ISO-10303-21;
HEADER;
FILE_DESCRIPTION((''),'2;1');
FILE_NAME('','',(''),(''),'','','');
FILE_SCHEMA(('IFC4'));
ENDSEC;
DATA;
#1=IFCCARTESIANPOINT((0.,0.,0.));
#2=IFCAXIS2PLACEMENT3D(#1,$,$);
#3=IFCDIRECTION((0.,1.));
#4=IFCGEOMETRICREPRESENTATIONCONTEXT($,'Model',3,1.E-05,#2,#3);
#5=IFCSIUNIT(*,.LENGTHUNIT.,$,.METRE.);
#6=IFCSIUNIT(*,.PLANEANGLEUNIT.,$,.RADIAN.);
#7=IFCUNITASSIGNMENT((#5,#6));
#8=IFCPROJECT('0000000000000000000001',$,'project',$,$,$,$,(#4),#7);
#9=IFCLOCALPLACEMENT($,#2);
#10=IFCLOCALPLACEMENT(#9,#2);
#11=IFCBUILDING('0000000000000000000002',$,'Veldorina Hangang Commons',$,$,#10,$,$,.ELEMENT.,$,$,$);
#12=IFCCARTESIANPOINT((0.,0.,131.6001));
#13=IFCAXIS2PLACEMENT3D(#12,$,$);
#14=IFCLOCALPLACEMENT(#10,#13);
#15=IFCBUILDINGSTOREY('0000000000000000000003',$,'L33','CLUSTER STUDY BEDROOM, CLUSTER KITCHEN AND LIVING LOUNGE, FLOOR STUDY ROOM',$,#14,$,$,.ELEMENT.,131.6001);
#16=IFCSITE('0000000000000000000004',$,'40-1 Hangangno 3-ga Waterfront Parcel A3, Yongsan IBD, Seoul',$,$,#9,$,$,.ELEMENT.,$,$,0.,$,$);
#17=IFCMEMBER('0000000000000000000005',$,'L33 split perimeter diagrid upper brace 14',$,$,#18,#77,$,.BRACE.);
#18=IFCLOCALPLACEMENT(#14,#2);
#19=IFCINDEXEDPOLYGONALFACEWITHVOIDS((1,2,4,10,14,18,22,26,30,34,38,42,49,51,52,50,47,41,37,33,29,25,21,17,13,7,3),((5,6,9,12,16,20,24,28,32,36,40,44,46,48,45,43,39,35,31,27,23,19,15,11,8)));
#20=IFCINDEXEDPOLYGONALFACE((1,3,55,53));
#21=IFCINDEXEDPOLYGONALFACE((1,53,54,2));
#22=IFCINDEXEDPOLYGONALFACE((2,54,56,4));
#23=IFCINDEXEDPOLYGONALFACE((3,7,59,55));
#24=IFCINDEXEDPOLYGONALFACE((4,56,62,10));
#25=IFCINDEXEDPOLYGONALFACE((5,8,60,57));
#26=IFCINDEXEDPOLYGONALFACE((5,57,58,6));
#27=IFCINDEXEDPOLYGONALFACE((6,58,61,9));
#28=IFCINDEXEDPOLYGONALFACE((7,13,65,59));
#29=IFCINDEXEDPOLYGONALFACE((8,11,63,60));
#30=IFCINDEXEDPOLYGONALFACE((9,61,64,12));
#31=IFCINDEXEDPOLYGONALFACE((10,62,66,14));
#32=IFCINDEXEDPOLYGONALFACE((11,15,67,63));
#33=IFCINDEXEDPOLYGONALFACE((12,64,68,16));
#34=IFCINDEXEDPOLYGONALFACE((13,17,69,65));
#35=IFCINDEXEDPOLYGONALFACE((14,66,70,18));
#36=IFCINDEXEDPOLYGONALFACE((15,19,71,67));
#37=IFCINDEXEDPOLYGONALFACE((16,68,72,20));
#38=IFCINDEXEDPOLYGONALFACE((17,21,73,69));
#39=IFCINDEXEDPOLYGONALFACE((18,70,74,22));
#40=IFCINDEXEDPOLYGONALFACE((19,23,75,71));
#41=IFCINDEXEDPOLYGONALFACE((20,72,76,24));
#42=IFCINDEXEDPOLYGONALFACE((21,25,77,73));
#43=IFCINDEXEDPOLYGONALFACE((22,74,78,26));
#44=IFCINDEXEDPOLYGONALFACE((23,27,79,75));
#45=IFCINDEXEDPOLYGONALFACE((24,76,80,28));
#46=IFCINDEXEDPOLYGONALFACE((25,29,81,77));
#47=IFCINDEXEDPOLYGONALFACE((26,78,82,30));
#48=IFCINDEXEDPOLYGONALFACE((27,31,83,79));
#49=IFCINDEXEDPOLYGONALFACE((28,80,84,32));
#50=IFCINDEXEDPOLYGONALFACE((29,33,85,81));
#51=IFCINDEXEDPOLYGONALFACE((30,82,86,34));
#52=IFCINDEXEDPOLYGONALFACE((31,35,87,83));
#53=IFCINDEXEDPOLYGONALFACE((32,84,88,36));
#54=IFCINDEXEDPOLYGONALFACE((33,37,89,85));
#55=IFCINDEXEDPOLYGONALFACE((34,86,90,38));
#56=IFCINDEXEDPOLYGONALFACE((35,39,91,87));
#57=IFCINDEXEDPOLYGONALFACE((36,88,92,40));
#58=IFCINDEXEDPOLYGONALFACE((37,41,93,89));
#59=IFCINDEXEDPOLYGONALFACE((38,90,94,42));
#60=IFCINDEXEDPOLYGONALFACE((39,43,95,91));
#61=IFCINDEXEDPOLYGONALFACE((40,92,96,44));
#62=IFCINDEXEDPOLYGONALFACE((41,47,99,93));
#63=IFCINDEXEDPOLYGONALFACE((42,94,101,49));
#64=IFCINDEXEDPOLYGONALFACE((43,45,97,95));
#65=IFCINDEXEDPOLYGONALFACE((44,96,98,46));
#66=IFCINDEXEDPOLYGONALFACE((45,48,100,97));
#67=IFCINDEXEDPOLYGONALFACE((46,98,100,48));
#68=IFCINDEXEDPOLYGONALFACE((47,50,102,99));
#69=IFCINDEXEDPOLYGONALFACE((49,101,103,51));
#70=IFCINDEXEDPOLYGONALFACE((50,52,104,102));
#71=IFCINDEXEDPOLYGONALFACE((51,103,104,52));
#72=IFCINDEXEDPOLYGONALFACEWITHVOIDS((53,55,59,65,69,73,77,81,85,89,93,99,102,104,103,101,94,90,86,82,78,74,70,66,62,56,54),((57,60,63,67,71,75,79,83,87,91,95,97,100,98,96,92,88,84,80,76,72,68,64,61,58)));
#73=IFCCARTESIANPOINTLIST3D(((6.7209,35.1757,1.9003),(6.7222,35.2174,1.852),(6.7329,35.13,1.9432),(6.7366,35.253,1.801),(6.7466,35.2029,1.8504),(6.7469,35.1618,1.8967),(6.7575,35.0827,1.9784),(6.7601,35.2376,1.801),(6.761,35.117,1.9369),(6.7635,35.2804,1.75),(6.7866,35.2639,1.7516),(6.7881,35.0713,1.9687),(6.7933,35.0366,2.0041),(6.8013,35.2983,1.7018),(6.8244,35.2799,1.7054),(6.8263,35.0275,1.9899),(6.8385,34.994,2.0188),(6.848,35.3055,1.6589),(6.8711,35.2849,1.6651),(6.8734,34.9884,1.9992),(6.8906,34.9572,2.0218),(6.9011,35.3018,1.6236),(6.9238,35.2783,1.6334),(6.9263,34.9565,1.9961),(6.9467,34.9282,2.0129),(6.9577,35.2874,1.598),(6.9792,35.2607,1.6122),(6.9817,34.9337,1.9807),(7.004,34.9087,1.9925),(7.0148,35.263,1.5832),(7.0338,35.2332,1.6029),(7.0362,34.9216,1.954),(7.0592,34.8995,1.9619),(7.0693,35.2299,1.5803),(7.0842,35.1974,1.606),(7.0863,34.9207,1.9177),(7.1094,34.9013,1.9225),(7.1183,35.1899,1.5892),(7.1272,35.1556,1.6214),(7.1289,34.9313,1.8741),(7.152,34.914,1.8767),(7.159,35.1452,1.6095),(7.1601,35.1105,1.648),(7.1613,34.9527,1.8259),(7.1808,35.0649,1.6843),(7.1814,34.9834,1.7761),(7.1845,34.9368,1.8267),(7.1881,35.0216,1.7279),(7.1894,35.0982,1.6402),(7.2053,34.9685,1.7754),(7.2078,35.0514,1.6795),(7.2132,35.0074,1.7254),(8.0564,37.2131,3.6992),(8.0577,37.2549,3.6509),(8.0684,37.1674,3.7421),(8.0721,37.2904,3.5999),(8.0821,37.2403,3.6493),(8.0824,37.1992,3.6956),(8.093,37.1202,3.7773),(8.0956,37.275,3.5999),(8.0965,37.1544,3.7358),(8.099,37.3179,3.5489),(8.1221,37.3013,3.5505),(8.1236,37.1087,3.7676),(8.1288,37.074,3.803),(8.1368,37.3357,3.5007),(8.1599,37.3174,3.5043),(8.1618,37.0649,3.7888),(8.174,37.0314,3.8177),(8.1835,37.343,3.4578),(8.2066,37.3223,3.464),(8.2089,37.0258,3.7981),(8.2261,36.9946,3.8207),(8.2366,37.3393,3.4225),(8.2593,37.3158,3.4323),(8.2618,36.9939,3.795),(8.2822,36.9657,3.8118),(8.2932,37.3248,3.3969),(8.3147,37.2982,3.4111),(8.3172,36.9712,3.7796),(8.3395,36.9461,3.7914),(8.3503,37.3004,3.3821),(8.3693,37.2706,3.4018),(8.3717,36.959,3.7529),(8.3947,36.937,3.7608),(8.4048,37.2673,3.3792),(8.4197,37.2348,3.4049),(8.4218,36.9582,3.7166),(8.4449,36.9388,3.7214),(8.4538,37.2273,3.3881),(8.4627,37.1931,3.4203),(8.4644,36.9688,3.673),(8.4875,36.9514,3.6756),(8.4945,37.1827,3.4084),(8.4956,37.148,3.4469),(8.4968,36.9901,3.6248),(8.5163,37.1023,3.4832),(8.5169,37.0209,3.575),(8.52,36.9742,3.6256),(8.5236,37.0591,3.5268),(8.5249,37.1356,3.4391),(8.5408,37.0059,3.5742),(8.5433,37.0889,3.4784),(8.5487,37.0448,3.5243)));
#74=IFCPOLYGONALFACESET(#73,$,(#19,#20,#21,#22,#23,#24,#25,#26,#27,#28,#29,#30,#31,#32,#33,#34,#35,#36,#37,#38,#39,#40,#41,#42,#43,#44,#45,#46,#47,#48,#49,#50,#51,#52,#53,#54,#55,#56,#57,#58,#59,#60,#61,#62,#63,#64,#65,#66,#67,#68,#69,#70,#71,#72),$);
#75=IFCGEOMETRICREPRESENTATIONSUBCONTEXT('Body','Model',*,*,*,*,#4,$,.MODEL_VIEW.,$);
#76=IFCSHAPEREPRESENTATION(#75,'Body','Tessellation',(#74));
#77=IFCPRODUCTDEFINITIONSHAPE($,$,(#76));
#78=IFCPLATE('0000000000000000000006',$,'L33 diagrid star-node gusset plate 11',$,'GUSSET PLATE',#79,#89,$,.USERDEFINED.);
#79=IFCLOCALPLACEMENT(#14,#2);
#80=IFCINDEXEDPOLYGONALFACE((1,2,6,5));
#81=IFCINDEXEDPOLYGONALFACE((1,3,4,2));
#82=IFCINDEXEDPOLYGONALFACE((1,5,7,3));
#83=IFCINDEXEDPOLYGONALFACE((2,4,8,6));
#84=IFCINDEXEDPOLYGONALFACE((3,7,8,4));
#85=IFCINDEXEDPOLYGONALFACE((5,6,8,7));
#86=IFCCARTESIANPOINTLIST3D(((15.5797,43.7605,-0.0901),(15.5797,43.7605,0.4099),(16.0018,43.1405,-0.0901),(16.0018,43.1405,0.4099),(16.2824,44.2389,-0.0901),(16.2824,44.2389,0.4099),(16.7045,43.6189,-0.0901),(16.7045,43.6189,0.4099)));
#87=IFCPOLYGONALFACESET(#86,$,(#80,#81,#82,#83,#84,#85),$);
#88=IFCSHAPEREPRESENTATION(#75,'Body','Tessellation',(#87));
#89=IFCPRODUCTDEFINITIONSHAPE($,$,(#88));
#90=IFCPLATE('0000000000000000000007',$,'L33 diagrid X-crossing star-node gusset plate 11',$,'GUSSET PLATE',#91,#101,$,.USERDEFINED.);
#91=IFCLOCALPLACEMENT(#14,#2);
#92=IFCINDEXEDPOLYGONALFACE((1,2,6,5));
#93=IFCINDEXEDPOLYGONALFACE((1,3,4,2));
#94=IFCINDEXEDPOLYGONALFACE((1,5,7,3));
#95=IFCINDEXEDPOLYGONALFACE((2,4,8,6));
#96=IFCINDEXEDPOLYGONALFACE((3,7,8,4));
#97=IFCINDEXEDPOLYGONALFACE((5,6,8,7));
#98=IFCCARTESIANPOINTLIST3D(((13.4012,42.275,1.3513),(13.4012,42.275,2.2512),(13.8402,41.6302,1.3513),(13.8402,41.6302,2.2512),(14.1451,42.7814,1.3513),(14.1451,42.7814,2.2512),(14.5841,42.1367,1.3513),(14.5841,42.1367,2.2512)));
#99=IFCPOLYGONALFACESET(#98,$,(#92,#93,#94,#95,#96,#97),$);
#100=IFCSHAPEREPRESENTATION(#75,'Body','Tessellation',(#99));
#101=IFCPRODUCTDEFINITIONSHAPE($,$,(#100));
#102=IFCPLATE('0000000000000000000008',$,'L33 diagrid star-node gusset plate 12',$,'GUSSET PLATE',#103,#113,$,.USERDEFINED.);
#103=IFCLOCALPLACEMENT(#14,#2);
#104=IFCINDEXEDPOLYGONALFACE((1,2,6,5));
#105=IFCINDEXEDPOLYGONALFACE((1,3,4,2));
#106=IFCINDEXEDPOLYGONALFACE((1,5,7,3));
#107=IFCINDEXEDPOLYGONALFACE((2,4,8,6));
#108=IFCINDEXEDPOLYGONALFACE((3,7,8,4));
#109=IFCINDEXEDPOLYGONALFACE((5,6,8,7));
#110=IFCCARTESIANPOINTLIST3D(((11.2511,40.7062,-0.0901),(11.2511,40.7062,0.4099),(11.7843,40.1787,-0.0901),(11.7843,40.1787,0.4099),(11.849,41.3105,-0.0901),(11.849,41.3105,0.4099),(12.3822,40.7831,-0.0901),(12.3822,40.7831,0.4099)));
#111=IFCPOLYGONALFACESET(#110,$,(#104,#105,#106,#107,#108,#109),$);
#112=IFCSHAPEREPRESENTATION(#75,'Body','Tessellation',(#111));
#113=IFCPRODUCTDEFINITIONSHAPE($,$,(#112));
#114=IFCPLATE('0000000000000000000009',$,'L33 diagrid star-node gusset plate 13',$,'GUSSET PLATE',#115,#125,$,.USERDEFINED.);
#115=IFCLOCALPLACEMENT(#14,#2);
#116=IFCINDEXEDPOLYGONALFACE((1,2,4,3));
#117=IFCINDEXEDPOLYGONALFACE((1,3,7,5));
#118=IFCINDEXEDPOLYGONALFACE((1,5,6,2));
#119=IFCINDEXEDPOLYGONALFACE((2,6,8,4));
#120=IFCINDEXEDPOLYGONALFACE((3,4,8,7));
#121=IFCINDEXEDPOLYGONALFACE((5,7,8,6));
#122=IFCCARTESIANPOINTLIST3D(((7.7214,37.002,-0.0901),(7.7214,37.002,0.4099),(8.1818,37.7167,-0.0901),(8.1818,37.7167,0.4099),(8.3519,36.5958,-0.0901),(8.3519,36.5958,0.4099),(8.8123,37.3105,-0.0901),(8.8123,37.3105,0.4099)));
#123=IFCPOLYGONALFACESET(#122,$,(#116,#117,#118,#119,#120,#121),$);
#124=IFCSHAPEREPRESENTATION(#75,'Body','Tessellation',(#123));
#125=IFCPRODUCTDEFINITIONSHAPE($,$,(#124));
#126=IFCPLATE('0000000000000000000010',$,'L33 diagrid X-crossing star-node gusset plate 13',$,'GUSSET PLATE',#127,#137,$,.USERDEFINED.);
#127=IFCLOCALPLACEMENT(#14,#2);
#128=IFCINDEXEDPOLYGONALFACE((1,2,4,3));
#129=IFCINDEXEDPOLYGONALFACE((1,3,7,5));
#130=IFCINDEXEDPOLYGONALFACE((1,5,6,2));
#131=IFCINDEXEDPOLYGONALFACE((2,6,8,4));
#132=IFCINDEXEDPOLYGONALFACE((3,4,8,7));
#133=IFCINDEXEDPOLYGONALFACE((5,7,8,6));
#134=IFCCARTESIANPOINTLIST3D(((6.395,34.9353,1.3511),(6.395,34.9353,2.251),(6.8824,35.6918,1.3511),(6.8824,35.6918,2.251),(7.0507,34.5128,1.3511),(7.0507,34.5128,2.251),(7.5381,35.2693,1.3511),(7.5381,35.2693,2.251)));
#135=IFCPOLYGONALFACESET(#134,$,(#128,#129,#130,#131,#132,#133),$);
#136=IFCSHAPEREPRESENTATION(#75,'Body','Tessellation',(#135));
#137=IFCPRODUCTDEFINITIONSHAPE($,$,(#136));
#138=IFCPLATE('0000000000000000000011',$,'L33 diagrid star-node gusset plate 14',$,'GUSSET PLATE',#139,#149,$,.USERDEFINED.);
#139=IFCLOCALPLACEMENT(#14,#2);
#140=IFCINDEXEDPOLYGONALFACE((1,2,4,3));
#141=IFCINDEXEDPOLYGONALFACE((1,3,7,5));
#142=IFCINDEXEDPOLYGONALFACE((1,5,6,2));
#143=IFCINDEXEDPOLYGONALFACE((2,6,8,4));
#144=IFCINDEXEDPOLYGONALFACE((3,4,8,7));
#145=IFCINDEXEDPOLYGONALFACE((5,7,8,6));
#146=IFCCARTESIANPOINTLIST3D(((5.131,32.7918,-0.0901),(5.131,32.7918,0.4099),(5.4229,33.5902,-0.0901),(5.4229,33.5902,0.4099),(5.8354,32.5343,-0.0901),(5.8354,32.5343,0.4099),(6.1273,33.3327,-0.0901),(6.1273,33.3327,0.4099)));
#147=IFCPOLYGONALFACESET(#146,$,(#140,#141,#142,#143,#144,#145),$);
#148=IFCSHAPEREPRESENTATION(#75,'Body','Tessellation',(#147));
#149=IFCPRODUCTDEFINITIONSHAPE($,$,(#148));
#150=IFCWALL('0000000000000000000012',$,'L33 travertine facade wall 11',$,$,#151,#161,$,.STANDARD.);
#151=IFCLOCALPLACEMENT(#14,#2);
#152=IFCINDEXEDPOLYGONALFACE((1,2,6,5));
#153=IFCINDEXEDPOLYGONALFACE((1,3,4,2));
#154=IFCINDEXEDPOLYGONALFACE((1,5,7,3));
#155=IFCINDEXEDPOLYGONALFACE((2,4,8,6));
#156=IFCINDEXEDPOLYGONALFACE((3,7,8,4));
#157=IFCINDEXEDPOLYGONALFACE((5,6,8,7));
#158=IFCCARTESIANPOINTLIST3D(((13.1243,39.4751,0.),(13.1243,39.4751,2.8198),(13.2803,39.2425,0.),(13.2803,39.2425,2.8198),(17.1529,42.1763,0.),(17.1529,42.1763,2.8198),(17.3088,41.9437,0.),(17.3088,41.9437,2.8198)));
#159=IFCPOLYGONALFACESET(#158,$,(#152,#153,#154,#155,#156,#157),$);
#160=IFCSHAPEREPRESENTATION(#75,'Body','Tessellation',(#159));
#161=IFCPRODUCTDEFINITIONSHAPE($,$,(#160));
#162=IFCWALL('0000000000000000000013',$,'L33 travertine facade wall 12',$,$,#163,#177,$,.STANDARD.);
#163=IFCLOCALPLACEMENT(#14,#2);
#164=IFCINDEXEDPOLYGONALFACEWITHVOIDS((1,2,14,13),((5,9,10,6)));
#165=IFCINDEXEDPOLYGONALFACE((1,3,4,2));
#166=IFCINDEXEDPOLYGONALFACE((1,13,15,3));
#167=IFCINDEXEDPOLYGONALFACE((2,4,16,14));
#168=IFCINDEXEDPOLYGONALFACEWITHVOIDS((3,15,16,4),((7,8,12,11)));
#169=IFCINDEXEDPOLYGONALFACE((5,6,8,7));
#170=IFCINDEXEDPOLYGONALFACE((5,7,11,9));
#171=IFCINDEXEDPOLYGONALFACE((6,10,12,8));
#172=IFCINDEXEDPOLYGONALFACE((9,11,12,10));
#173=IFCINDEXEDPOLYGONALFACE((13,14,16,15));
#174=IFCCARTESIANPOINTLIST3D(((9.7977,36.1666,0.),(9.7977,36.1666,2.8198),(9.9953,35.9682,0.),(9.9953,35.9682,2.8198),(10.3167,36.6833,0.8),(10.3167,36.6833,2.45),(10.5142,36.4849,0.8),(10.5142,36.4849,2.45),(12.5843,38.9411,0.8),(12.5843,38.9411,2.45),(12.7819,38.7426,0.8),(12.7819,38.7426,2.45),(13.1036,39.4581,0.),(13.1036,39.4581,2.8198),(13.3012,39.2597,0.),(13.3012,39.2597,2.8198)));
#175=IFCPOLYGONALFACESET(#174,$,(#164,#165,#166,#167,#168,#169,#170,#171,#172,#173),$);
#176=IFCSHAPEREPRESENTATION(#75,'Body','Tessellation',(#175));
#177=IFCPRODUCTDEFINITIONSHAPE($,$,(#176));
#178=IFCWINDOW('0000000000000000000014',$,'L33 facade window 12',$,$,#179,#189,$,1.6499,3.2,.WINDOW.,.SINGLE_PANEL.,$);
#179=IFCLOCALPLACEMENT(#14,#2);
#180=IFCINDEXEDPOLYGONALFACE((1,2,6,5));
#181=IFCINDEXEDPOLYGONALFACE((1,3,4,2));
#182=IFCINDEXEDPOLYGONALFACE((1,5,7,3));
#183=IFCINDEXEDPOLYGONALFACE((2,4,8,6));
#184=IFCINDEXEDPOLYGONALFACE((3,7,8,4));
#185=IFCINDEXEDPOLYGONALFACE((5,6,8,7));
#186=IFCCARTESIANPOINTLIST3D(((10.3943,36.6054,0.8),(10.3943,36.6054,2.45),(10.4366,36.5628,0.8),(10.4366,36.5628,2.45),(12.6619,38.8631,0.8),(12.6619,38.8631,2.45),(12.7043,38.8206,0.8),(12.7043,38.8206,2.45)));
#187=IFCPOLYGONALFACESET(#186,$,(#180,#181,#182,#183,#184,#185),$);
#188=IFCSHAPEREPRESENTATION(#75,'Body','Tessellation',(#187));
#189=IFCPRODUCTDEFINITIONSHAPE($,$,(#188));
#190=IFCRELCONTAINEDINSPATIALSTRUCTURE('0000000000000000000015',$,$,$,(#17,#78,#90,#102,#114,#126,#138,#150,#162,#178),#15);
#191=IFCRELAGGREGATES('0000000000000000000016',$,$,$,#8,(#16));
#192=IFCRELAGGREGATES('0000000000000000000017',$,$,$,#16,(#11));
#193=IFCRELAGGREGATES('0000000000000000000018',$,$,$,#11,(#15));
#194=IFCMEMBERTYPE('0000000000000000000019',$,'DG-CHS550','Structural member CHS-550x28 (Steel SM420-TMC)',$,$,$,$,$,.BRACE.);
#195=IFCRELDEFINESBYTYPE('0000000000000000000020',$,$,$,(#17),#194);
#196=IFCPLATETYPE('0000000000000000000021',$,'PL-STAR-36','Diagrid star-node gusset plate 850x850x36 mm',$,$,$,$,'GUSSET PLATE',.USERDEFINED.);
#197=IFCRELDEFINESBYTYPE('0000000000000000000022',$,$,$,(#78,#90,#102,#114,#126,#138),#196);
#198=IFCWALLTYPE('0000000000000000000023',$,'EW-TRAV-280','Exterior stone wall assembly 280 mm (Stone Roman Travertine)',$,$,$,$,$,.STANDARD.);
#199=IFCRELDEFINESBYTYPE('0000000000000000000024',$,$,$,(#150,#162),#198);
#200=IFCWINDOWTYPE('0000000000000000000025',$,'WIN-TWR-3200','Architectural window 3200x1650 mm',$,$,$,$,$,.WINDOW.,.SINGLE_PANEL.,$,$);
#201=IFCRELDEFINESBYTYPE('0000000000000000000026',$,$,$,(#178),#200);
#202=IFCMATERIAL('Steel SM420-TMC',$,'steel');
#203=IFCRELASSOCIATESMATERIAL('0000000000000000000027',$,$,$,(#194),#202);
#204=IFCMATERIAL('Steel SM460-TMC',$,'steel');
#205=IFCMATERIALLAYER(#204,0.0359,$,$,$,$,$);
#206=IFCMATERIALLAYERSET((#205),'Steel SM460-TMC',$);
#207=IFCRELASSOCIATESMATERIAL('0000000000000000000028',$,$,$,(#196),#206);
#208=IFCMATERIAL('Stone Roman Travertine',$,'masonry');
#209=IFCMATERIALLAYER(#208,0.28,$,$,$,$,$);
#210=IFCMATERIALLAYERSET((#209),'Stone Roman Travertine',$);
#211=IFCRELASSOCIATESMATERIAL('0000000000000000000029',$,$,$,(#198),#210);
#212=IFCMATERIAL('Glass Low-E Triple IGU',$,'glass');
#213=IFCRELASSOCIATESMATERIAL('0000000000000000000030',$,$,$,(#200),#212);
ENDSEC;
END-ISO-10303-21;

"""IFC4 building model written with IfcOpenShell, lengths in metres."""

from ifc_helpers import new_model, si_unit, direction, frame, frame_2d, origin, origin_2d, place, context, subcontext, project, spatial, rectangle, hollow_circle, extrude, material, layer, layer_set, material_profile, profile_set, type_object, element, fill, save


model = new_model("IFC4")

# Units and contexts
model_context = context("Model", 3, precision=1e-05, world=origin(), true_north=direction((0.0, 1.0)))
body_context = subcontext(model_context, "Body", "Model", "MODEL_VIEW")
ifc_project = project(units=[si_unit("LENGTHUNIT", "METRE"), si_unit("PLANEANGLEUNIT", "RADIAN")], contexts=[model_context])

# Site, building, storey
site_placement = place(None, origin())
site = spatial("IfcSite", under=ifc_project, at=site_placement, Name="40-1 Hangangno 3-ga Waterfront Parcel A3, Yongsan IBD, Seoul", CompositionType="ELEMENT", RefElevation=0.0)
building_placement = place(site_placement, origin())
building = spatial("IfcBuilding", under=site, at=building_placement, Name="Veldorina Hangang Commons", CompositionType="ELEMENT")
storey_placement = place(building_placement, frame((0.0, 0.0, 131.6001)))
storey = spatial("IfcBuildingStorey", under=building, at=storey_placement, Name="L33", Description="CLUSTER STUDY BEDROOM, CLUSTER KITCHEN AND LIVING LOUNGE, FLOOR STUDY ROOM", CompositionType="ELEMENT", Elevation=131.6001)

# Shared definitions
ifc_material_1 = material(Name="Steel SM420-TMC", Category="steel")

# Member
ifc_material_profile_1 = material_profile(ifc_material_1, hollow_circle(Radius=0.2749, WallThickness=0.0281, at=origin_2d()), Name="CHS-550x28")
ifc_profile_set_1 = profile_set([ifc_material_profile_1], Name="Steel SM420-TMC")
member_type = type_object("IfcMemberType", Name="DG-CHS550", Description="Structural member CHS-550x28 (Steel SM420-TMC)", PredefinedType="BRACE", material=ifc_profile_set_1)
member_1_placement = place(storey_placement, frame((6.9666, 35.1023, 1.801), z_axis=(0.441004, 0.672793, 0.594025), x_axis=(-0.836342, 0.548208, 0.0)))
element("IfcMember", 1, at=member_1_placement, inside=storey, type_object=member_type, Name="L33 split perimeter diagrid upper brace 14", PredefinedType="BRACE", context=body_context, shape_type="SweptSolid", body=[
    extrude(hollow_circle(Radius=0.2749, WallThickness=0.0281, at=origin_2d()), origin(), (0.0, 0.0, 1.0), 3.0283),
])

# Plates
ifc_material_2 = material(Name="Steel SM460-TMC", Category="steel")
ifc_layer_1 = layer(ifc_material_2, 0.0359)
ifc_layer_set_1 = layer_set([ifc_layer_1], Name="Steel SM460-TMC")
plate_type = type_object("IfcPlateType", Name="PL-STAR-36", Description="Diagrid star-node gusset plate 850x850x36 mm", ElementType="GUSSET PLATE", PredefinedType="USERDEFINED", material=ifc_layer_set_1)
plate_1_placement = place(storey_placement, frame((16.1421, 43.6897, -0.0901), z_axis=(0.0, 0.0, 1.0), x_axis=(-0.8266, -0.562791, 0.0)))
element("IfcPlate", 2, at=plate_1_placement, inside=storey, type_object=plate_type, Name="L33 diagrid star-node gusset plate 11", ObjectType="GUSSET PLATE", PredefinedType="USERDEFINED", context=body_context, shape_type="SweptSolid", body=[
    extrude(rectangle(XDim=0.8501, YDim=0.75, at=origin_2d()), origin(), (0.0, 0.0, 1.0), 0.5),
])
plate_2_placement = place(storey_placement, frame((13.9927, 42.2058, 1.3513), z_axis=(0.0, 0.0, 1.0), x_axis=(-0.8266, -0.562791, 0.0)))
element("IfcPlate", 3, at=plate_2_placement, inside=storey, type_object=plate_type, Name="L33 diagrid X-crossing star-node gusset plate 11", ObjectType="GUSSET PLATE", PredefinedType="USERDEFINED", context=body_context, shape_type="SweptSolid", body=[
    extrude(rectangle(XDim=0.8999, YDim=0.78, at=origin_2d()), origin(), (0.0, 0.0, 1.0), 0.8999),
])
for number, where, z_axis, x_axis, name in (
    (4, (11.8167, 40.7446, -0.0901), (0.0, 0.0, 1.0), (-0.703258, -0.710935, 0.0), "L33 diagrid star-node gusset plate 12"),
    (5, (8.2668, 37.1562, -0.0901), (0.0, 0.0, 1.0), (-0.541606, -0.840633, 0.0), "L33 diagrid star-node gusset plate 13"),
):
    element("IfcPlate", number, at=place(storey_placement, frame(where, z_axis=z_axis, x_axis=x_axis)), inside=storey, type_object=plate_type, Name=name, ObjectType="GUSSET PLATE", PredefinedType="USERDEFINED", context=body_context, shape_type="SweptSolid", body=[
        extrude(rectangle(XDim=0.8501, YDim=0.75, at=origin_2d()), origin(), (0.0, 0.0, 1.0), 0.5),
    ])
plate_3_placement = place(storey_placement, frame((6.9666, 35.1023, 1.3511), z_axis=(0.0, 0.0, 1.0), x_axis=(-0.541606, -0.840633, 0.0)))
element("IfcPlate", 6, at=plate_3_placement, inside=storey, type_object=plate_type, Name="L33 diagrid X-crossing star-node gusset plate 13", ObjectType="GUSSET PLATE", PredefinedType="USERDEFINED", context=body_context, shape_type="SweptSolid", body=[
    extrude(rectangle(XDim=0.8999, YDim=0.78, at=origin_2d()), origin(), (0.0, 0.0, 1.0), 0.8999),
])
plate_4_placement = place(storey_placement, frame((5.6292, 33.0623, -0.0901), z_axis=(0.0, 0.0, 1.0), x_axis=(-0.343414, -0.939184, 0.0)))
element("IfcPlate", 7, at=plate_4_placement, inside=storey, type_object=plate_type, Name="L33 diagrid star-node gusset plate 14", ObjectType="GUSSET PLATE", PredefinedType="USERDEFINED", context=body_context, shape_type="SweptSolid", body=[
    extrude(rectangle(XDim=0.8501, YDim=0.75, at=origin_2d()), origin(), (0.0, 0.0, 1.0), 0.5),
])

# Wall
ifc_material_3 = material(Name="Stone Roman Travertine", Category="masonry")
ifc_layer_2 = layer(ifc_material_3, 0.28)
ifc_layer_set_2 = layer_set([ifc_layer_2], Name="Stone Roman Travertine")
wall_type_1 = type_object("IfcWallType", Name="EW-TRAV-280", Description="Exterior stone wall assembly 280 mm (Stone Roman Travertine)", PredefinedType="STANDARD", material=ifc_layer_set_2)
wall_1_placement = place(storey_placement, frame((17.231, 42.0601, 0.0), z_axis=(0.0, 0.0, 1.0), x_axis=(-0.830576, -0.556905, 0.0)))
element("IfcWall", 8, at=wall_1_placement, inside=storey, type_object=wall_type_1, Name="L33 travertine facade wall 11", PredefinedType="STANDARD", context=body_context, shape_type="SweptSolid", body=[
    extrude(rectangle(XDim=4.8503, YDim=0.28, at=frame_2d((2.4253, 0.0))), origin(), (0.0, 0.0, 1.0), 2.8198),
])

# Wall, opening, window
wall_2_placement = place(storey_placement, frame((13.2024, 39.3589, 0.0), z_axis=(0.0, 0.0, 1.0), x_axis=(-0.708649, -0.705561, 0.0)))
wall_2 = element("IfcWall", 9, at=wall_2_placement, inside=storey, type_object=wall_type_1, Name="L33 travertine facade wall 12", PredefinedType="STANDARD", context=body_context, shape_type="SweptSolid", body=[
    extrude(rectangle(XDim=4.665, YDim=0.28, at=frame_2d((2.3325, 0.0))), origin(), (0.0, 0.0, 1.0), 2.8198),
])
opening_1_placement = place(wall_2_placement, frame((0.7327, 0.0, 0.8)))
opening_1 = element("IfcOpeningElement", 10, at=opening_1_placement, cuts=wall_2, PredefinedType="OPENING", context=body_context, shape_type="SweptSolid", body=[
    extrude(rectangle(XDim=3.2, YDim=1.6499, at=frame_2d((1.6001, 0.825))), frame((0.0, 0.1499, 0.0), z_axis=(0.0, -1.0, 0.0), x_axis=(1.0, 0.0, 0.0)), (0.0, 0.0, 1.0), 0.3),
])
ifc_material_4 = material(Name="Glass Low-E Triple IGU", Category="glass")
window_type = type_object("IfcWindowType", Name="WIN-TWR-3200", Description="Architectural window 3200x1650 mm", PartitioningType="SINGLE_PANEL", PredefinedType="WINDOW", material=ifc_material_4)
window_1_placement = place(opening_1_placement, origin())
window_1 = element("IfcWindow", 11, at=window_1_placement, inside=storey, type_object=window_type, Name="L33 facade window 12", OverallHeight=1.6499, OverallWidth=3.2, PartitioningType="SINGLE_PANEL", PredefinedType="WINDOW", context=body_context, shape_type="SweptSolid", body=[
    extrude(rectangle(XDim=3.2, YDim=1.6499, at=frame_2d((1.6001, 0.825))), frame((0.0, 0.03, 0.0), z_axis=(0.0, -1.0, 0.0), x_axis=(1.0, 0.0, 0.0)), (0.0, 0.0, 1.0), 0.0601),
])
fill(opening_1, window_1)

save(model, "model.ifc")
